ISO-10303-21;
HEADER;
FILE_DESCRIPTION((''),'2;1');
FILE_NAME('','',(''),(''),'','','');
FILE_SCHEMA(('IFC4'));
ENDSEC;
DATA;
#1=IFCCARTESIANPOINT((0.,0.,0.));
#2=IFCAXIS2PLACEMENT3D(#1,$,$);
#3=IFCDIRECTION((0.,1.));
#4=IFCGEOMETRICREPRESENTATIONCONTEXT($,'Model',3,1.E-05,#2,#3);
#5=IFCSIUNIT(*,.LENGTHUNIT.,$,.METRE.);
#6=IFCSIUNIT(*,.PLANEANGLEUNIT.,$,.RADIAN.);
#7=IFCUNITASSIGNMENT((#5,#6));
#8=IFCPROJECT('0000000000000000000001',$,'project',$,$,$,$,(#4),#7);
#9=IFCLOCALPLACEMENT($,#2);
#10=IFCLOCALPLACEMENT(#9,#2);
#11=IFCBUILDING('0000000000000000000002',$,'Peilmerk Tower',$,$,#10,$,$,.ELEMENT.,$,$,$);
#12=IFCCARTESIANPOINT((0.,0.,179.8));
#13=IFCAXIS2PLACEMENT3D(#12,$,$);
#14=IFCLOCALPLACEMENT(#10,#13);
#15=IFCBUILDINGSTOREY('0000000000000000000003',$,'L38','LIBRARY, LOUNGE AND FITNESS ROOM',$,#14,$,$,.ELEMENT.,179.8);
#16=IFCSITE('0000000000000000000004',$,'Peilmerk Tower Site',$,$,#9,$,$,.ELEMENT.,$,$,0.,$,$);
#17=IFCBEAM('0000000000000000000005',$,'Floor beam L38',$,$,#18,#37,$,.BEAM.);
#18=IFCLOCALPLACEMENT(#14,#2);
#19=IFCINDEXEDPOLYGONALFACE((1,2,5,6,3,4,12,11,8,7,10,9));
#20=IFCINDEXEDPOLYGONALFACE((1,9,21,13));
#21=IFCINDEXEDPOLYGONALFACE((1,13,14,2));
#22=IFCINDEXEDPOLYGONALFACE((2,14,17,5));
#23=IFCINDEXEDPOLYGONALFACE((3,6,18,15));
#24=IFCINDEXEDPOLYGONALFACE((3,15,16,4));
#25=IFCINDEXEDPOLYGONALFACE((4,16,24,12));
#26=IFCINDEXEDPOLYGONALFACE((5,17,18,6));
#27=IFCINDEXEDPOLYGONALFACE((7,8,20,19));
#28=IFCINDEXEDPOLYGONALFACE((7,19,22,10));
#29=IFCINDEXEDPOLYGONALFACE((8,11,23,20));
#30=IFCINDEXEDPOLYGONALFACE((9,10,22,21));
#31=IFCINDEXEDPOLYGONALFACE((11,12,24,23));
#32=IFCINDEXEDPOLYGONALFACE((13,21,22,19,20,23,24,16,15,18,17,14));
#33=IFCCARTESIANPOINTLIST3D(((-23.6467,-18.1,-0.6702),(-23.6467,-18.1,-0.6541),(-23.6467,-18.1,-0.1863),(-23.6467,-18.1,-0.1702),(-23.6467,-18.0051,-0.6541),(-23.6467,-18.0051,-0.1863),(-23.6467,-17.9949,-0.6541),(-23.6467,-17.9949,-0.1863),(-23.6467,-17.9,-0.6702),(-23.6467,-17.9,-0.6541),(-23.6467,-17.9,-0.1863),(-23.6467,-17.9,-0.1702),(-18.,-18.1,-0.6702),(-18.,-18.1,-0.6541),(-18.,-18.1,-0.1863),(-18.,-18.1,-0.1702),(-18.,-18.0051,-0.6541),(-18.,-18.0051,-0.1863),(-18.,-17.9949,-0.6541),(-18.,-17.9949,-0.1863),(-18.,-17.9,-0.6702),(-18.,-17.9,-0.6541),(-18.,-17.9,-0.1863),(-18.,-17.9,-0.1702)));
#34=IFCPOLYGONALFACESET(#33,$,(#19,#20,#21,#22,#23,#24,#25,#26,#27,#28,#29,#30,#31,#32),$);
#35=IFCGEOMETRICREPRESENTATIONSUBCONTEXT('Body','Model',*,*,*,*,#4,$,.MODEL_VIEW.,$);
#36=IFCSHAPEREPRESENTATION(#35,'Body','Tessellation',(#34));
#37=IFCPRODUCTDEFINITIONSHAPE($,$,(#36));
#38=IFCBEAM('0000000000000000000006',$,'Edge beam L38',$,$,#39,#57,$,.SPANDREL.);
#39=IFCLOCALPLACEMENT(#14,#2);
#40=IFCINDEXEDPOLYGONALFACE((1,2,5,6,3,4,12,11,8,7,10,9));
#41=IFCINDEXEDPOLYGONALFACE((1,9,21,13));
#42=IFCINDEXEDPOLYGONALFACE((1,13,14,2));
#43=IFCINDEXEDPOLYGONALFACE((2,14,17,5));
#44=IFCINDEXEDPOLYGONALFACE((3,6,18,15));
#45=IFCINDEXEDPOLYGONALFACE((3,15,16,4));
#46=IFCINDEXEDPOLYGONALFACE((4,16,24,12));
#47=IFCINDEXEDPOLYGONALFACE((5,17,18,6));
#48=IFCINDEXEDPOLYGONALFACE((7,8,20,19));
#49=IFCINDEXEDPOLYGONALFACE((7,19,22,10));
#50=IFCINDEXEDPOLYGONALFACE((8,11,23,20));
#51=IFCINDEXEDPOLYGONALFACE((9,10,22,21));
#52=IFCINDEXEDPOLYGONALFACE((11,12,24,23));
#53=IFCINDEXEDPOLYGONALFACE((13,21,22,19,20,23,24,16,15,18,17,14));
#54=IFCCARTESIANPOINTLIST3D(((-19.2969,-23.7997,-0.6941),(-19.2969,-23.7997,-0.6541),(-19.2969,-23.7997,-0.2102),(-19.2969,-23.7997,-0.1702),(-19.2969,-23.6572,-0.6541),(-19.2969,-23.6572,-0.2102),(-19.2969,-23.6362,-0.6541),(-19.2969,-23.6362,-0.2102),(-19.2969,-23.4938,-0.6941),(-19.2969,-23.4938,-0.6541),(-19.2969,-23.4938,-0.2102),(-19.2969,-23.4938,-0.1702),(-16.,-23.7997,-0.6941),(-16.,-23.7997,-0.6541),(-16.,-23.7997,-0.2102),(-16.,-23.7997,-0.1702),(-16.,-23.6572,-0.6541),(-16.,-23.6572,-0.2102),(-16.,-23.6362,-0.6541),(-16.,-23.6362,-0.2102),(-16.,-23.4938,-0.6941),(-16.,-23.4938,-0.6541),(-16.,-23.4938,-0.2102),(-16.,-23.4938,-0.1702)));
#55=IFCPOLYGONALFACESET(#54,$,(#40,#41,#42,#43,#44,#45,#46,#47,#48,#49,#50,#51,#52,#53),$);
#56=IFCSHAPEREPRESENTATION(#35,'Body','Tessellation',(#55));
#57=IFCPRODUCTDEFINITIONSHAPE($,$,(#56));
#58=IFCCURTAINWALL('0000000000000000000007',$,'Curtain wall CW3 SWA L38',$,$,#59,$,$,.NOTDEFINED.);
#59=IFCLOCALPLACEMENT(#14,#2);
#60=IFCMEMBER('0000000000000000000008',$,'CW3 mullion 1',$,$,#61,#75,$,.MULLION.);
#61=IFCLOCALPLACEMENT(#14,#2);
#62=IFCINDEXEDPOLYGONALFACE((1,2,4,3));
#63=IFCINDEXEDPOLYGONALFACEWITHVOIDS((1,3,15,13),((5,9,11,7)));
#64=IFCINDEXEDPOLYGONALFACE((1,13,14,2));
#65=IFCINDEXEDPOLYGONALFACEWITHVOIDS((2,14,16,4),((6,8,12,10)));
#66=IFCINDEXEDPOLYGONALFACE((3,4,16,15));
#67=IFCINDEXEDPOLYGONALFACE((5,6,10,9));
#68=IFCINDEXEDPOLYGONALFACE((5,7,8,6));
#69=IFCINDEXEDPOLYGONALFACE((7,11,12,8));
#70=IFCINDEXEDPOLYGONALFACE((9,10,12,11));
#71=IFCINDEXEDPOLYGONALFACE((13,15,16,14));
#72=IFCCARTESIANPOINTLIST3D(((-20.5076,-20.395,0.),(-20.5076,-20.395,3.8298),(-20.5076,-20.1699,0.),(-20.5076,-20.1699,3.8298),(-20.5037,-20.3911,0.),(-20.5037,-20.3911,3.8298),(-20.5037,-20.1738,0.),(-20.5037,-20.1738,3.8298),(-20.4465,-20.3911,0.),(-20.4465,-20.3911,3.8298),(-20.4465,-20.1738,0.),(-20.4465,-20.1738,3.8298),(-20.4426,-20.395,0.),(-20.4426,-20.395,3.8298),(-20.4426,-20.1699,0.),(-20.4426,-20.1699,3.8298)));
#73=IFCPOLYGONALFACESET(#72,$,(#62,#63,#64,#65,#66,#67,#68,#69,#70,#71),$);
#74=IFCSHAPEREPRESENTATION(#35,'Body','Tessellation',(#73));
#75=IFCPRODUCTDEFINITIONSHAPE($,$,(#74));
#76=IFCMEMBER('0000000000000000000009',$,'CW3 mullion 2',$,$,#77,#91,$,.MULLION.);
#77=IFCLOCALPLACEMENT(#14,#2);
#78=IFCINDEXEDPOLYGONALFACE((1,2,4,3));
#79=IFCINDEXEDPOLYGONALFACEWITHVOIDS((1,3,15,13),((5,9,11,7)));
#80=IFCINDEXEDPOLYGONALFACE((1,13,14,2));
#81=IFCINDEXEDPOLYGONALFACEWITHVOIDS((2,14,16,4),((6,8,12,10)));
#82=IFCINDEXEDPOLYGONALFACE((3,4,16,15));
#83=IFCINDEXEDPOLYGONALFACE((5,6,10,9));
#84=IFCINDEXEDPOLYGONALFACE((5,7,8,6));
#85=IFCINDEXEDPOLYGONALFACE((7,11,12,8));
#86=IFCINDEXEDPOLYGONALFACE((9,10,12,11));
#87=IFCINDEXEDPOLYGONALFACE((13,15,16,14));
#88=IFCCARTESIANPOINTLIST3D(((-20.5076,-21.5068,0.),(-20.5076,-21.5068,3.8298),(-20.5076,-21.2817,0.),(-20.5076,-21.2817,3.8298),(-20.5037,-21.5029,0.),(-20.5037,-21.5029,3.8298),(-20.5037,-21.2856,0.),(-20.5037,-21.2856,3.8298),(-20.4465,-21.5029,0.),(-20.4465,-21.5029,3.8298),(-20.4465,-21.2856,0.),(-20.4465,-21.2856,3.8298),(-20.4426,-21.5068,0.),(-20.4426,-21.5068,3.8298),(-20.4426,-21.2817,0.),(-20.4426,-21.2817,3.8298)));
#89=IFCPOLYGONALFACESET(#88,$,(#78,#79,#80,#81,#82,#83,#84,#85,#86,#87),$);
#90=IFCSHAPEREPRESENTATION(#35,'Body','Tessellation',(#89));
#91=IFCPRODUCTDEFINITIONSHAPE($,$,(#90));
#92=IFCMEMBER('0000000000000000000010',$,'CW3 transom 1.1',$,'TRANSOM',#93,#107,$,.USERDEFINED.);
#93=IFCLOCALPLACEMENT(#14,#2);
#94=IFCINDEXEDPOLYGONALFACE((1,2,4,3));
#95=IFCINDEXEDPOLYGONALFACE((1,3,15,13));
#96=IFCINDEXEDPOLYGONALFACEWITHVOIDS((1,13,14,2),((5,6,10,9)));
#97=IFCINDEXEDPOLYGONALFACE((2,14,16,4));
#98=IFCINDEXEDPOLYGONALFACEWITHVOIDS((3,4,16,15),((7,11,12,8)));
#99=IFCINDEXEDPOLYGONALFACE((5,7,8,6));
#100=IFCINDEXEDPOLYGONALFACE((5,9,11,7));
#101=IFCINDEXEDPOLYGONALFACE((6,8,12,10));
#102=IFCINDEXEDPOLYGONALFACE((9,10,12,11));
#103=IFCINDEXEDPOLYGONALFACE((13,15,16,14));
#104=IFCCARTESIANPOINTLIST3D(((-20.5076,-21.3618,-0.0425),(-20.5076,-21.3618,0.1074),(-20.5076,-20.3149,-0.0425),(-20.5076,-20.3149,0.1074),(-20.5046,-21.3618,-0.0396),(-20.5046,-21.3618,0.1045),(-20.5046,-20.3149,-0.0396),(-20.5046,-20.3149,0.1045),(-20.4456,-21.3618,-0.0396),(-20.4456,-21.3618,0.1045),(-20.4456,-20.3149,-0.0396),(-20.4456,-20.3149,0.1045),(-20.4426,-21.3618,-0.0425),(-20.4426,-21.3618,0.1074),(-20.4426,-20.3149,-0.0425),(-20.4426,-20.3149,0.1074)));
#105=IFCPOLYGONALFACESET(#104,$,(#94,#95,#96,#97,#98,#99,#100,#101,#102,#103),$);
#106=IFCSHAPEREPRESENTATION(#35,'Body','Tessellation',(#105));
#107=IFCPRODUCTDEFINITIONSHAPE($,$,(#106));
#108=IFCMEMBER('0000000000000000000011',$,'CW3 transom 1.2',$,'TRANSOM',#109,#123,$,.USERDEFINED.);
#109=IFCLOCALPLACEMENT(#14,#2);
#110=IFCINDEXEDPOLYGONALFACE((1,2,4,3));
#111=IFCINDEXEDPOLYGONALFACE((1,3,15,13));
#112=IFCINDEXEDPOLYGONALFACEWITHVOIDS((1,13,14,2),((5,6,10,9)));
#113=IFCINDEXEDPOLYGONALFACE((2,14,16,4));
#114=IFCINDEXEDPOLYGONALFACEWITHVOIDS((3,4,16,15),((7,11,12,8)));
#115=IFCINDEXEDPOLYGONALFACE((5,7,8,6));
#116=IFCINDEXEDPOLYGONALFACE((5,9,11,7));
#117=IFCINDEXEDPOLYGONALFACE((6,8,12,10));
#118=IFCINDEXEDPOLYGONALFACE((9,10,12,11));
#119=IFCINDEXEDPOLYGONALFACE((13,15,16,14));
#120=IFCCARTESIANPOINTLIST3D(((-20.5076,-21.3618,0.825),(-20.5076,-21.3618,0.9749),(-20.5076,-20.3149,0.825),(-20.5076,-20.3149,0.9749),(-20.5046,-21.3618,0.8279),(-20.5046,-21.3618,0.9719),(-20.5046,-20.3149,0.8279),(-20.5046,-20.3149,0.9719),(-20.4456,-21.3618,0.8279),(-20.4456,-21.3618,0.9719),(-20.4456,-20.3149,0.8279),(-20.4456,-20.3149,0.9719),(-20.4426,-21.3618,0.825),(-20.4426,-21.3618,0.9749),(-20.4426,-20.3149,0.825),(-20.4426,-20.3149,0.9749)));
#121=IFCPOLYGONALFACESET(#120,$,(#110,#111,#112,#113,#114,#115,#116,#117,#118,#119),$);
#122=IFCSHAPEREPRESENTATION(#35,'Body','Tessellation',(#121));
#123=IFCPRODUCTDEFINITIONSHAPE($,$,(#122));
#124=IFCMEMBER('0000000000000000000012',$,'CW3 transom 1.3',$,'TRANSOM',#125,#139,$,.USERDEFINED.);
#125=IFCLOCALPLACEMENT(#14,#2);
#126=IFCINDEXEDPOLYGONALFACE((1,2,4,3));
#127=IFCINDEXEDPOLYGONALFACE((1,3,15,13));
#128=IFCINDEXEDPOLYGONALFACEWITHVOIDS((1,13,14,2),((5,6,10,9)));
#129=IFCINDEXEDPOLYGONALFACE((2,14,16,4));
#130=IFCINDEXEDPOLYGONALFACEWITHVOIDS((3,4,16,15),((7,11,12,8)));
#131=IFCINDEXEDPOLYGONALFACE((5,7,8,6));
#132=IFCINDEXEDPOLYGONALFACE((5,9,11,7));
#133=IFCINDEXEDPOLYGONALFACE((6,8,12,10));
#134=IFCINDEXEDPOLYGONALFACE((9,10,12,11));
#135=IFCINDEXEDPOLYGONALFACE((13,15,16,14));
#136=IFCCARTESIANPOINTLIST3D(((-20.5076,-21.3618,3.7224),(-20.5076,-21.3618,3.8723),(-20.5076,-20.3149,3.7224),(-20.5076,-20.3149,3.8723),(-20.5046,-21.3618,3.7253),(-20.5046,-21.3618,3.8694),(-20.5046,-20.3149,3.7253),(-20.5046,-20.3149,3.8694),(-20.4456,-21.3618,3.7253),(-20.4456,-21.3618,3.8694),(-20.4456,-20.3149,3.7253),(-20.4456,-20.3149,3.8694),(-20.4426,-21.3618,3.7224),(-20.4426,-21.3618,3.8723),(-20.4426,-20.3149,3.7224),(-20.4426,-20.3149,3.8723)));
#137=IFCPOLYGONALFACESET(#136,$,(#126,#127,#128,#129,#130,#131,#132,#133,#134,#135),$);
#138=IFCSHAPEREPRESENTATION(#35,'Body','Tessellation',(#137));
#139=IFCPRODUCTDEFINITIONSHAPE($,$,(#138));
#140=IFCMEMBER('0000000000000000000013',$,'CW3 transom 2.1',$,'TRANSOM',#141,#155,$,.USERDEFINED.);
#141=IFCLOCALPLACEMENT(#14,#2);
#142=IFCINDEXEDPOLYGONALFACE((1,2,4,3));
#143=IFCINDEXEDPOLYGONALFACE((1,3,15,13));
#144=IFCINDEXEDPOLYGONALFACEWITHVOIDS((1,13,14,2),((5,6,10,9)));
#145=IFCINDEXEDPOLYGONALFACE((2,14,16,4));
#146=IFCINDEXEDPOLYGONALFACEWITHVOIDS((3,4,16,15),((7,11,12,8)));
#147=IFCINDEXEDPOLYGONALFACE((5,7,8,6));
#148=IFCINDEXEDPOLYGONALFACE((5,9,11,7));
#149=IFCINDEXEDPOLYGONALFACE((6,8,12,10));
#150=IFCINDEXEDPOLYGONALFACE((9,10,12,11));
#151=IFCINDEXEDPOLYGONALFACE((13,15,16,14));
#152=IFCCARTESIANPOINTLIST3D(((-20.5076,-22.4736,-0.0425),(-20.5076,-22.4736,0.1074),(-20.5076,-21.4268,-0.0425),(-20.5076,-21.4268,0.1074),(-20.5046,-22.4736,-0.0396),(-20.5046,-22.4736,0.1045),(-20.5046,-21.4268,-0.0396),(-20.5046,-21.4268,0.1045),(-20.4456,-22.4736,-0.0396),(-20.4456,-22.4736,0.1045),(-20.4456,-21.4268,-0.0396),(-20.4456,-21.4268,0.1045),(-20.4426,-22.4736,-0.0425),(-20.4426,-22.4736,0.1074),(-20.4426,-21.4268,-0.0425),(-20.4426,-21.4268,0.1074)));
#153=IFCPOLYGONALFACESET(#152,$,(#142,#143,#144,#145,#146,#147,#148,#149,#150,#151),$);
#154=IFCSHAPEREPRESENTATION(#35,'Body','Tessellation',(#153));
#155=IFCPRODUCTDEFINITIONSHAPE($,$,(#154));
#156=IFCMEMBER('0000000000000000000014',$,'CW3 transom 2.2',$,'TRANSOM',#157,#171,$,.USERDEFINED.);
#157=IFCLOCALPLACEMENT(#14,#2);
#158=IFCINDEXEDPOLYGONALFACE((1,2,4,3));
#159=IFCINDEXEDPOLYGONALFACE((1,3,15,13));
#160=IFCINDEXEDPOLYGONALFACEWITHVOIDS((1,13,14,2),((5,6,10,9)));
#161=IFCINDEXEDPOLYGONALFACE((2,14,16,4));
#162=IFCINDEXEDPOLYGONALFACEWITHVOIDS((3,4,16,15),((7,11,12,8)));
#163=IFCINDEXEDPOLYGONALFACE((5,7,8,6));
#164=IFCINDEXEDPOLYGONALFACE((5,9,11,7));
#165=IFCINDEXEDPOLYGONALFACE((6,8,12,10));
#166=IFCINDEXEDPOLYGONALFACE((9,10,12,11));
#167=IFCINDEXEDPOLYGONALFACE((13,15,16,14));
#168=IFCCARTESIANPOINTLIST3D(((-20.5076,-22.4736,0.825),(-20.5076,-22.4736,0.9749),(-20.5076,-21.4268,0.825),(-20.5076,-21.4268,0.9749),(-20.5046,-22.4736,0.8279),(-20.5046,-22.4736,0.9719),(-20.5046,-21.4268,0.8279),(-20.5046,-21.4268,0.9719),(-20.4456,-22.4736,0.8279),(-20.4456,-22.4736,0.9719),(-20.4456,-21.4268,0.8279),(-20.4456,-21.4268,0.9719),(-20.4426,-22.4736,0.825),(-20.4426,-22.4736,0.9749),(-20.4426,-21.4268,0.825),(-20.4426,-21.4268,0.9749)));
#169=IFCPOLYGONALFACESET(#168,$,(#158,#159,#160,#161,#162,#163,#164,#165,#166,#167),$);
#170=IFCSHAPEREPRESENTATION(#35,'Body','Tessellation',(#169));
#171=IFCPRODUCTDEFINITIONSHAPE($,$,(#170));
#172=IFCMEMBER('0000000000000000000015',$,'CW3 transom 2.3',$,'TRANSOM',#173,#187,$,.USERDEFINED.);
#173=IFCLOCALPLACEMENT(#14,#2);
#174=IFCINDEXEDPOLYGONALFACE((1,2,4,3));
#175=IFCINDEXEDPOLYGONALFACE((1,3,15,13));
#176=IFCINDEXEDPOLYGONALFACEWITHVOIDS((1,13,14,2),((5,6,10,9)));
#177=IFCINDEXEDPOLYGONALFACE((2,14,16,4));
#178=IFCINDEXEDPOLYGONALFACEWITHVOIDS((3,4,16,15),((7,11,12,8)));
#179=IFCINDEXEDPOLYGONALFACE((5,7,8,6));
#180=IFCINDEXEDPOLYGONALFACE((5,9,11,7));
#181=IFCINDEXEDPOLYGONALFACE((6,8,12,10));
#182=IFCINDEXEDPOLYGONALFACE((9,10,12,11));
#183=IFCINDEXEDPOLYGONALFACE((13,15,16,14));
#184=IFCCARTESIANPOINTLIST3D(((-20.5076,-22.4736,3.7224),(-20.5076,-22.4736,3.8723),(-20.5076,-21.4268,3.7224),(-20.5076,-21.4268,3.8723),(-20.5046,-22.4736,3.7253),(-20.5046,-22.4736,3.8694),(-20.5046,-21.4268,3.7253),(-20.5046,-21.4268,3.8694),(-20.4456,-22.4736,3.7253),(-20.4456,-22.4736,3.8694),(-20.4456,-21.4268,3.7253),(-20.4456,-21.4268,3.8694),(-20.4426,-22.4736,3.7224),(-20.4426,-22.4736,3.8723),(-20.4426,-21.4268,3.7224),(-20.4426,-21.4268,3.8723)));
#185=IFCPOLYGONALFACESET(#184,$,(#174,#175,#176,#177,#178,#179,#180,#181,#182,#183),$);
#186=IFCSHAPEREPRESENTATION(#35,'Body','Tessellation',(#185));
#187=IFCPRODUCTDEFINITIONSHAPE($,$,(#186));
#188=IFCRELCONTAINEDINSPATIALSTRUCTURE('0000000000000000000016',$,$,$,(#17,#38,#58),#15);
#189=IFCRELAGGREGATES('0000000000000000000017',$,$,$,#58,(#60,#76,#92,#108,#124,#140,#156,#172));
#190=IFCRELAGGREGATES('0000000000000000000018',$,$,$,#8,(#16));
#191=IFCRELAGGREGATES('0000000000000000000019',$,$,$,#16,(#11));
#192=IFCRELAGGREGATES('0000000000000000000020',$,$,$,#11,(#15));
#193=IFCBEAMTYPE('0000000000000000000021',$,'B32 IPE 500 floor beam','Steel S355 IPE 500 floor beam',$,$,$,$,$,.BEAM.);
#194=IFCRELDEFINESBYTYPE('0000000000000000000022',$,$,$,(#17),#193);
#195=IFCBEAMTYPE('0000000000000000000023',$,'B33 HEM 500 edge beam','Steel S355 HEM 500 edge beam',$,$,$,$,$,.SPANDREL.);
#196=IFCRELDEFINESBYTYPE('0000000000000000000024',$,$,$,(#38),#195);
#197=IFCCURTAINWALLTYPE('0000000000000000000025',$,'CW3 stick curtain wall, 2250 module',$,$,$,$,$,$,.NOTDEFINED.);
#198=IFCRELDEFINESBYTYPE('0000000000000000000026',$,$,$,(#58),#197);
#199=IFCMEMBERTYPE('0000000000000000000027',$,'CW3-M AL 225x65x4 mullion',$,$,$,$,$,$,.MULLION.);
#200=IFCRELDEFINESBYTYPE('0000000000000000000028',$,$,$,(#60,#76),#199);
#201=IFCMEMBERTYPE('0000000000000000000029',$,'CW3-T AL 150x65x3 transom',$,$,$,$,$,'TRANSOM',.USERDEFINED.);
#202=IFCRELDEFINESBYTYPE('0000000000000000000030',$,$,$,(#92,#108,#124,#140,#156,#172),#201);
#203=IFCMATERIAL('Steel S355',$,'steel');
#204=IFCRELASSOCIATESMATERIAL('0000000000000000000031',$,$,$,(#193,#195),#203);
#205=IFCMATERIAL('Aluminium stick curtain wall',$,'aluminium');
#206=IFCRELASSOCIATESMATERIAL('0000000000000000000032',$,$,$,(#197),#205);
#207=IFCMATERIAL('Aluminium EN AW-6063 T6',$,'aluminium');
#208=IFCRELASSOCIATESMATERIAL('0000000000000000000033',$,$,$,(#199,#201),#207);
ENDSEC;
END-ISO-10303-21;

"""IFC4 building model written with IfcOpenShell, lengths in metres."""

from ifc_helpers import new_model, si_unit, direction, frame, origin, origin_2d, place, context, subcontext, project, spatial, hollow_rectangle, i_section, extrude, material, material_profile, profile_set, type_object, element, aggregate, save


model = new_model("IFC4")

# Units and contexts
model_context = context("Model", 3, precision=1e-05, world=origin(), true_north=direction((0.0, 1.0)))
body_context = subcontext(model_context, "Body", "Model", "MODEL_VIEW")
ifc_project = project(units=[si_unit("LENGTHUNIT", "METRE"), si_unit("PLANEANGLEUNIT", "RADIAN")], contexts=[model_context])

# Site, building, storey
site_placement = place(None, origin())
site = spatial("IfcSite", under=ifc_project, at=site_placement, Name="Peilmerk Tower Site", CompositionType="ELEMENT", RefElevation=0.0)
building_placement = place(site_placement, origin())
building = spatial("IfcBuilding", under=site, at=building_placement, Name="Peilmerk Tower", CompositionType="ELEMENT")
storey_placement = place(building_placement, frame((0.0, 0.0, 179.8)))
storey = spatial("IfcBuildingStorey", under=building, at=storey_placement, Name="L38", Description="LIBRARY, LOUNGE AND FITNESS ROOM", CompositionType="ELEMENT", Elevation=179.8)

# Beams
ifc_material_1 = material(Name="Steel S355", Category="steel")
ifc_material_profile_1 = material_profile(ifc_material_1, i_section(OverallWidth=0.2, OverallDepth=0.5, WebThickness=0.0103, FlangeThickness=0.0161, at=origin_2d()), Name="IPE 500")
ifc_profile_set_1 = profile_set([ifc_material_profile_1], Name="Steel S355")
beam_type_1 = type_object("IfcBeamType", Name="B32 IPE 500 floor beam", Description="Steel S355 IPE 500 floor beam", PredefinedType="BEAM", material=ifc_profile_set_1)
for number, where, z_axis, x_axis, name in (
    (1, (-18.0, -18.0, -0.4202), (-1.0, 0.0, 0.0), (0.0, -1.0, 0.0), "Floor beam L38"),
):
    element("IfcBeam", number, at=place(storey_placement, frame(where, z_axis=z_axis, x_axis=x_axis)), inside=storey, type_object=beam_type_1, Name=name, PredefinedType="BEAM", context=body_context, shape_type="SweptSolid", body=[
        extrude(i_section(OverallWidth=0.2, OverallDepth=0.5, WebThickness=0.0103, FlangeThickness=0.0161, at=origin_2d()), origin(), (0.0, 0.0, 1.0), 5.6467),
    ])
ifc_material_profile_2 = material_profile(ifc_material_1, i_section(OverallWidth=0.3059, OverallDepth=0.5239, WebThickness=0.021, FlangeThickness=0.04, at=origin_2d()), Name="HEM 500")
ifc_profile_set_2 = profile_set([ifc_material_profile_2], Name="Steel S355")
beam_type_2 = type_object("IfcBeamType", Name="B33 HEM 500 edge beam", Description="Steel S355 HEM 500 edge beam", PredefinedType="SPANDREL", material=ifc_profile_set_2)
beam_1_placement = place(storey_placement, frame((-19.2969, -23.6467, -0.4321), z_axis=(1.0, 0.0, 0.0), x_axis=(0.0, 1.0, 0.0)))
element("IfcBeam", 2, at=beam_1_placement, inside=storey, type_object=beam_type_2, Name="Edge beam L38", PredefinedType="SPANDREL", context=body_context, shape_type="SweptSolid", body=[
    extrude(i_section(OverallWidth=0.3059, OverallDepth=0.5239, WebThickness=0.021, FlangeThickness=0.04, at=origin_2d()), origin(), (0.0, 0.0, 1.0), 3.2969),
])

# Curtain wall, members
ifc_material_2 = material(Name="Aluminium stick curtain wall", Category="aluminium")
curtain_wall_type = type_object("IfcCurtainWallType", Name="CW3 stick curtain wall, 2250 module", PredefinedType="NOTDEFINED", material=ifc_material_2)
curtain_wall_placement = place(storey_placement, origin())
curtain_wall = element("IfcCurtainWall", 3, at=curtain_wall_placement, inside=storey, type_object=curtain_wall_type, Name="Curtain wall CW3 SWA L38", PredefinedType="NOTDEFINED")
ifc_material_3 = material(Name="Aluminium EN AW-6063 T6", Category="aluminium")
ifc_material_profile_3 = material_profile(ifc_material_3, hollow_rectangle(XDim=0.0649, YDim=0.2251, WallThickness=0.0039, at=origin_2d()), Name="AL 225x65x4")
ifc_profile_set_3 = profile_set([ifc_material_profile_3], Name="Aluminium EN AW-6063 T6")
member_type_1 = type_object("IfcMemberType", Name="CW3-M AL 225x65x4 mullion", PredefinedType="MULLION", material=ifc_profile_set_3)
member_1_placement = place(storey_placement, frame((-20.4751, -20.2825, 0.0), z_axis=(0.0, 0.0, 1.0), x_axis=(1.0, 0.0, 0.0)))
member_1 = element("IfcMember", 4, at=member_1_placement, type_object=member_type_1, Name="CW3 mullion 1", PredefinedType="MULLION", context=body_context, shape_type="SweptSolid", body=[
    extrude(hollow_rectangle(XDim=0.0649, YDim=0.2251, WallThickness=0.0039, at=origin_2d()), origin(), (0.0, 0.0, 1.0), 3.8298),
])
member_2_placement = place(storey_placement, frame((-20.4751, -21.3943, 0.0), z_axis=(0.0, 0.0, 1.0), x_axis=(1.0, 0.0, 0.0)))
member_2 = element("IfcMember", 5, at=member_2_placement, type_object=member_type_1, Name="CW3 mullion 2", PredefinedType="MULLION", context=body_context, shape_type="SweptSolid", body=[
    extrude(hollow_rectangle(XDim=0.0649, YDim=0.2251, WallThickness=0.0039, at=origin_2d()), origin(), (0.0, 0.0, 1.0), 3.8298),
])
ifc_material_profile_4 = material_profile(ifc_material_3, hollow_rectangle(XDim=0.0649, YDim=0.1499, WallThickness=0.0029, at=origin_2d()), Name="AL 150x65x3")
ifc_profile_set_4 = profile_set([ifc_material_profile_4], Name="Aluminium EN AW-6063 T6")
member_type_2 = type_object("IfcMemberType", Name="CW3-T AL 150x65x3 transom", ElementType="TRANSOM", PredefinedType="USERDEFINED", material=ifc_profile_set_4)
member_3_placement = place(storey_placement, frame((-20.4751, -20.3149, 0.0325), z_axis=(0.0, -1.0, 0.0), x_axis=(1.0, 0.0, 0.0)))
member_3 = element("IfcMember", 6, at=member_3_placement, type_object=member_type_2, Name="CW3 transom 1.1", ObjectType="TRANSOM", PredefinedType="USERDEFINED", context=body_context, shape_type="SweptSolid", body=[
    extrude(hollow_rectangle(XDim=0.0649, YDim=0.1499, WallThickness=0.0029, at=origin_2d()), origin(), (0.0, 0.0, 1.0), 1.0469),
])
member_4_placement = place(storey_placement, frame((-20.4751, -20.3149, 0.8999), z_axis=(0.0, -1.0, 0.0), x_axis=(1.0, 0.0, 0.0)))
member_4 = element("IfcMember", 7, at=member_4_placement, type_object=member_type_2, Name="CW3 transom 1.2", ObjectType="TRANSOM", PredefinedType="USERDEFINED", context=body_context, shape_type="SweptSolid", body=[
    extrude(hollow_rectangle(XDim=0.0649, YDim=0.1499, WallThickness=0.0029, at=origin_2d()), origin(), (0.0, 0.0, 1.0), 1.0469),
])
member_5_placement = place(storey_placement, frame((-20.4751, -20.3149, 3.7974), z_axis=(0.0, -1.0, 0.0), x_axis=(1.0, 0.0, 0.0)))
member_5 = element("IfcMember", 8, at=member_5_placement, type_object=member_type_2, Name="CW3 transom 1.3", ObjectType="TRANSOM", PredefinedType="USERDEFINED", context=body_context, shape_type="SweptSolid", body=[
    extrude(hollow_rectangle(XDim=0.0649, YDim=0.1499, WallThickness=0.0029, at=origin_2d()), origin(), (0.0, 0.0, 1.0), 1.0469),
])
member_6_placement = place(storey_placement, frame((-20.4751, -21.4268, 0.0325), z_axis=(0.0, -1.0, 0.0), x_axis=(1.0, 0.0, 0.0)))
member_6 = element("IfcMember", 9, at=member_6_placement, type_object=member_type_2, Name="CW3 transom 2.1", ObjectType="TRANSOM", PredefinedType="USERDEFINED", context=body_context, shape_type="SweptSolid", body=[
    extrude(hollow_rectangle(XDim=0.0649, YDim=0.1499, WallThickness=0.0029, at=origin_2d()), origin(), (0.0, 0.0, 1.0), 1.0469),
])
member_7_placement = place(storey_placement, frame((-20.4751, -21.4268, 0.8999), z_axis=(0.0, -1.0, 0.0), x_axis=(1.0, 0.0, 0.0)))
member_7 = element("IfcMember", 10, at=member_7_placement, type_object=member_type_2, Name="CW3 transom 2.2", ObjectType="TRANSOM", PredefinedType="USERDEFINED", context=body_context, shape_type="SweptSolid", body=[
    extrude(hollow_rectangle(XDim=0.0649, YDim=0.1499, WallThickness=0.0029, at=origin_2d()), origin(), (0.0, 0.0, 1.0), 1.0469),
])
member_8_placement = place(storey_placement, frame((-20.4751, -21.4268, 3.7974), z_axis=(0.0, -1.0, 0.0), x_axis=(1.0, 0.0, 0.0)))
member_8 = element("IfcMember", 11, at=member_8_placement, type_object=member_type_2, Name="CW3 transom 2.3", ObjectType="TRANSOM", PredefinedType="USERDEFINED", context=body_context, shape_type="SweptSolid", body=[
    extrude(hollow_rectangle(XDim=0.0649, YDim=0.1499, WallThickness=0.0029, at=origin_2d()), origin(), (0.0, 0.0, 1.0), 1.0469),
])
aggregate(curtain_wall, [member_1, member_2, member_3, member_4, member_5, member_6, member_7, member_8])

save(model, "model.ifc")
